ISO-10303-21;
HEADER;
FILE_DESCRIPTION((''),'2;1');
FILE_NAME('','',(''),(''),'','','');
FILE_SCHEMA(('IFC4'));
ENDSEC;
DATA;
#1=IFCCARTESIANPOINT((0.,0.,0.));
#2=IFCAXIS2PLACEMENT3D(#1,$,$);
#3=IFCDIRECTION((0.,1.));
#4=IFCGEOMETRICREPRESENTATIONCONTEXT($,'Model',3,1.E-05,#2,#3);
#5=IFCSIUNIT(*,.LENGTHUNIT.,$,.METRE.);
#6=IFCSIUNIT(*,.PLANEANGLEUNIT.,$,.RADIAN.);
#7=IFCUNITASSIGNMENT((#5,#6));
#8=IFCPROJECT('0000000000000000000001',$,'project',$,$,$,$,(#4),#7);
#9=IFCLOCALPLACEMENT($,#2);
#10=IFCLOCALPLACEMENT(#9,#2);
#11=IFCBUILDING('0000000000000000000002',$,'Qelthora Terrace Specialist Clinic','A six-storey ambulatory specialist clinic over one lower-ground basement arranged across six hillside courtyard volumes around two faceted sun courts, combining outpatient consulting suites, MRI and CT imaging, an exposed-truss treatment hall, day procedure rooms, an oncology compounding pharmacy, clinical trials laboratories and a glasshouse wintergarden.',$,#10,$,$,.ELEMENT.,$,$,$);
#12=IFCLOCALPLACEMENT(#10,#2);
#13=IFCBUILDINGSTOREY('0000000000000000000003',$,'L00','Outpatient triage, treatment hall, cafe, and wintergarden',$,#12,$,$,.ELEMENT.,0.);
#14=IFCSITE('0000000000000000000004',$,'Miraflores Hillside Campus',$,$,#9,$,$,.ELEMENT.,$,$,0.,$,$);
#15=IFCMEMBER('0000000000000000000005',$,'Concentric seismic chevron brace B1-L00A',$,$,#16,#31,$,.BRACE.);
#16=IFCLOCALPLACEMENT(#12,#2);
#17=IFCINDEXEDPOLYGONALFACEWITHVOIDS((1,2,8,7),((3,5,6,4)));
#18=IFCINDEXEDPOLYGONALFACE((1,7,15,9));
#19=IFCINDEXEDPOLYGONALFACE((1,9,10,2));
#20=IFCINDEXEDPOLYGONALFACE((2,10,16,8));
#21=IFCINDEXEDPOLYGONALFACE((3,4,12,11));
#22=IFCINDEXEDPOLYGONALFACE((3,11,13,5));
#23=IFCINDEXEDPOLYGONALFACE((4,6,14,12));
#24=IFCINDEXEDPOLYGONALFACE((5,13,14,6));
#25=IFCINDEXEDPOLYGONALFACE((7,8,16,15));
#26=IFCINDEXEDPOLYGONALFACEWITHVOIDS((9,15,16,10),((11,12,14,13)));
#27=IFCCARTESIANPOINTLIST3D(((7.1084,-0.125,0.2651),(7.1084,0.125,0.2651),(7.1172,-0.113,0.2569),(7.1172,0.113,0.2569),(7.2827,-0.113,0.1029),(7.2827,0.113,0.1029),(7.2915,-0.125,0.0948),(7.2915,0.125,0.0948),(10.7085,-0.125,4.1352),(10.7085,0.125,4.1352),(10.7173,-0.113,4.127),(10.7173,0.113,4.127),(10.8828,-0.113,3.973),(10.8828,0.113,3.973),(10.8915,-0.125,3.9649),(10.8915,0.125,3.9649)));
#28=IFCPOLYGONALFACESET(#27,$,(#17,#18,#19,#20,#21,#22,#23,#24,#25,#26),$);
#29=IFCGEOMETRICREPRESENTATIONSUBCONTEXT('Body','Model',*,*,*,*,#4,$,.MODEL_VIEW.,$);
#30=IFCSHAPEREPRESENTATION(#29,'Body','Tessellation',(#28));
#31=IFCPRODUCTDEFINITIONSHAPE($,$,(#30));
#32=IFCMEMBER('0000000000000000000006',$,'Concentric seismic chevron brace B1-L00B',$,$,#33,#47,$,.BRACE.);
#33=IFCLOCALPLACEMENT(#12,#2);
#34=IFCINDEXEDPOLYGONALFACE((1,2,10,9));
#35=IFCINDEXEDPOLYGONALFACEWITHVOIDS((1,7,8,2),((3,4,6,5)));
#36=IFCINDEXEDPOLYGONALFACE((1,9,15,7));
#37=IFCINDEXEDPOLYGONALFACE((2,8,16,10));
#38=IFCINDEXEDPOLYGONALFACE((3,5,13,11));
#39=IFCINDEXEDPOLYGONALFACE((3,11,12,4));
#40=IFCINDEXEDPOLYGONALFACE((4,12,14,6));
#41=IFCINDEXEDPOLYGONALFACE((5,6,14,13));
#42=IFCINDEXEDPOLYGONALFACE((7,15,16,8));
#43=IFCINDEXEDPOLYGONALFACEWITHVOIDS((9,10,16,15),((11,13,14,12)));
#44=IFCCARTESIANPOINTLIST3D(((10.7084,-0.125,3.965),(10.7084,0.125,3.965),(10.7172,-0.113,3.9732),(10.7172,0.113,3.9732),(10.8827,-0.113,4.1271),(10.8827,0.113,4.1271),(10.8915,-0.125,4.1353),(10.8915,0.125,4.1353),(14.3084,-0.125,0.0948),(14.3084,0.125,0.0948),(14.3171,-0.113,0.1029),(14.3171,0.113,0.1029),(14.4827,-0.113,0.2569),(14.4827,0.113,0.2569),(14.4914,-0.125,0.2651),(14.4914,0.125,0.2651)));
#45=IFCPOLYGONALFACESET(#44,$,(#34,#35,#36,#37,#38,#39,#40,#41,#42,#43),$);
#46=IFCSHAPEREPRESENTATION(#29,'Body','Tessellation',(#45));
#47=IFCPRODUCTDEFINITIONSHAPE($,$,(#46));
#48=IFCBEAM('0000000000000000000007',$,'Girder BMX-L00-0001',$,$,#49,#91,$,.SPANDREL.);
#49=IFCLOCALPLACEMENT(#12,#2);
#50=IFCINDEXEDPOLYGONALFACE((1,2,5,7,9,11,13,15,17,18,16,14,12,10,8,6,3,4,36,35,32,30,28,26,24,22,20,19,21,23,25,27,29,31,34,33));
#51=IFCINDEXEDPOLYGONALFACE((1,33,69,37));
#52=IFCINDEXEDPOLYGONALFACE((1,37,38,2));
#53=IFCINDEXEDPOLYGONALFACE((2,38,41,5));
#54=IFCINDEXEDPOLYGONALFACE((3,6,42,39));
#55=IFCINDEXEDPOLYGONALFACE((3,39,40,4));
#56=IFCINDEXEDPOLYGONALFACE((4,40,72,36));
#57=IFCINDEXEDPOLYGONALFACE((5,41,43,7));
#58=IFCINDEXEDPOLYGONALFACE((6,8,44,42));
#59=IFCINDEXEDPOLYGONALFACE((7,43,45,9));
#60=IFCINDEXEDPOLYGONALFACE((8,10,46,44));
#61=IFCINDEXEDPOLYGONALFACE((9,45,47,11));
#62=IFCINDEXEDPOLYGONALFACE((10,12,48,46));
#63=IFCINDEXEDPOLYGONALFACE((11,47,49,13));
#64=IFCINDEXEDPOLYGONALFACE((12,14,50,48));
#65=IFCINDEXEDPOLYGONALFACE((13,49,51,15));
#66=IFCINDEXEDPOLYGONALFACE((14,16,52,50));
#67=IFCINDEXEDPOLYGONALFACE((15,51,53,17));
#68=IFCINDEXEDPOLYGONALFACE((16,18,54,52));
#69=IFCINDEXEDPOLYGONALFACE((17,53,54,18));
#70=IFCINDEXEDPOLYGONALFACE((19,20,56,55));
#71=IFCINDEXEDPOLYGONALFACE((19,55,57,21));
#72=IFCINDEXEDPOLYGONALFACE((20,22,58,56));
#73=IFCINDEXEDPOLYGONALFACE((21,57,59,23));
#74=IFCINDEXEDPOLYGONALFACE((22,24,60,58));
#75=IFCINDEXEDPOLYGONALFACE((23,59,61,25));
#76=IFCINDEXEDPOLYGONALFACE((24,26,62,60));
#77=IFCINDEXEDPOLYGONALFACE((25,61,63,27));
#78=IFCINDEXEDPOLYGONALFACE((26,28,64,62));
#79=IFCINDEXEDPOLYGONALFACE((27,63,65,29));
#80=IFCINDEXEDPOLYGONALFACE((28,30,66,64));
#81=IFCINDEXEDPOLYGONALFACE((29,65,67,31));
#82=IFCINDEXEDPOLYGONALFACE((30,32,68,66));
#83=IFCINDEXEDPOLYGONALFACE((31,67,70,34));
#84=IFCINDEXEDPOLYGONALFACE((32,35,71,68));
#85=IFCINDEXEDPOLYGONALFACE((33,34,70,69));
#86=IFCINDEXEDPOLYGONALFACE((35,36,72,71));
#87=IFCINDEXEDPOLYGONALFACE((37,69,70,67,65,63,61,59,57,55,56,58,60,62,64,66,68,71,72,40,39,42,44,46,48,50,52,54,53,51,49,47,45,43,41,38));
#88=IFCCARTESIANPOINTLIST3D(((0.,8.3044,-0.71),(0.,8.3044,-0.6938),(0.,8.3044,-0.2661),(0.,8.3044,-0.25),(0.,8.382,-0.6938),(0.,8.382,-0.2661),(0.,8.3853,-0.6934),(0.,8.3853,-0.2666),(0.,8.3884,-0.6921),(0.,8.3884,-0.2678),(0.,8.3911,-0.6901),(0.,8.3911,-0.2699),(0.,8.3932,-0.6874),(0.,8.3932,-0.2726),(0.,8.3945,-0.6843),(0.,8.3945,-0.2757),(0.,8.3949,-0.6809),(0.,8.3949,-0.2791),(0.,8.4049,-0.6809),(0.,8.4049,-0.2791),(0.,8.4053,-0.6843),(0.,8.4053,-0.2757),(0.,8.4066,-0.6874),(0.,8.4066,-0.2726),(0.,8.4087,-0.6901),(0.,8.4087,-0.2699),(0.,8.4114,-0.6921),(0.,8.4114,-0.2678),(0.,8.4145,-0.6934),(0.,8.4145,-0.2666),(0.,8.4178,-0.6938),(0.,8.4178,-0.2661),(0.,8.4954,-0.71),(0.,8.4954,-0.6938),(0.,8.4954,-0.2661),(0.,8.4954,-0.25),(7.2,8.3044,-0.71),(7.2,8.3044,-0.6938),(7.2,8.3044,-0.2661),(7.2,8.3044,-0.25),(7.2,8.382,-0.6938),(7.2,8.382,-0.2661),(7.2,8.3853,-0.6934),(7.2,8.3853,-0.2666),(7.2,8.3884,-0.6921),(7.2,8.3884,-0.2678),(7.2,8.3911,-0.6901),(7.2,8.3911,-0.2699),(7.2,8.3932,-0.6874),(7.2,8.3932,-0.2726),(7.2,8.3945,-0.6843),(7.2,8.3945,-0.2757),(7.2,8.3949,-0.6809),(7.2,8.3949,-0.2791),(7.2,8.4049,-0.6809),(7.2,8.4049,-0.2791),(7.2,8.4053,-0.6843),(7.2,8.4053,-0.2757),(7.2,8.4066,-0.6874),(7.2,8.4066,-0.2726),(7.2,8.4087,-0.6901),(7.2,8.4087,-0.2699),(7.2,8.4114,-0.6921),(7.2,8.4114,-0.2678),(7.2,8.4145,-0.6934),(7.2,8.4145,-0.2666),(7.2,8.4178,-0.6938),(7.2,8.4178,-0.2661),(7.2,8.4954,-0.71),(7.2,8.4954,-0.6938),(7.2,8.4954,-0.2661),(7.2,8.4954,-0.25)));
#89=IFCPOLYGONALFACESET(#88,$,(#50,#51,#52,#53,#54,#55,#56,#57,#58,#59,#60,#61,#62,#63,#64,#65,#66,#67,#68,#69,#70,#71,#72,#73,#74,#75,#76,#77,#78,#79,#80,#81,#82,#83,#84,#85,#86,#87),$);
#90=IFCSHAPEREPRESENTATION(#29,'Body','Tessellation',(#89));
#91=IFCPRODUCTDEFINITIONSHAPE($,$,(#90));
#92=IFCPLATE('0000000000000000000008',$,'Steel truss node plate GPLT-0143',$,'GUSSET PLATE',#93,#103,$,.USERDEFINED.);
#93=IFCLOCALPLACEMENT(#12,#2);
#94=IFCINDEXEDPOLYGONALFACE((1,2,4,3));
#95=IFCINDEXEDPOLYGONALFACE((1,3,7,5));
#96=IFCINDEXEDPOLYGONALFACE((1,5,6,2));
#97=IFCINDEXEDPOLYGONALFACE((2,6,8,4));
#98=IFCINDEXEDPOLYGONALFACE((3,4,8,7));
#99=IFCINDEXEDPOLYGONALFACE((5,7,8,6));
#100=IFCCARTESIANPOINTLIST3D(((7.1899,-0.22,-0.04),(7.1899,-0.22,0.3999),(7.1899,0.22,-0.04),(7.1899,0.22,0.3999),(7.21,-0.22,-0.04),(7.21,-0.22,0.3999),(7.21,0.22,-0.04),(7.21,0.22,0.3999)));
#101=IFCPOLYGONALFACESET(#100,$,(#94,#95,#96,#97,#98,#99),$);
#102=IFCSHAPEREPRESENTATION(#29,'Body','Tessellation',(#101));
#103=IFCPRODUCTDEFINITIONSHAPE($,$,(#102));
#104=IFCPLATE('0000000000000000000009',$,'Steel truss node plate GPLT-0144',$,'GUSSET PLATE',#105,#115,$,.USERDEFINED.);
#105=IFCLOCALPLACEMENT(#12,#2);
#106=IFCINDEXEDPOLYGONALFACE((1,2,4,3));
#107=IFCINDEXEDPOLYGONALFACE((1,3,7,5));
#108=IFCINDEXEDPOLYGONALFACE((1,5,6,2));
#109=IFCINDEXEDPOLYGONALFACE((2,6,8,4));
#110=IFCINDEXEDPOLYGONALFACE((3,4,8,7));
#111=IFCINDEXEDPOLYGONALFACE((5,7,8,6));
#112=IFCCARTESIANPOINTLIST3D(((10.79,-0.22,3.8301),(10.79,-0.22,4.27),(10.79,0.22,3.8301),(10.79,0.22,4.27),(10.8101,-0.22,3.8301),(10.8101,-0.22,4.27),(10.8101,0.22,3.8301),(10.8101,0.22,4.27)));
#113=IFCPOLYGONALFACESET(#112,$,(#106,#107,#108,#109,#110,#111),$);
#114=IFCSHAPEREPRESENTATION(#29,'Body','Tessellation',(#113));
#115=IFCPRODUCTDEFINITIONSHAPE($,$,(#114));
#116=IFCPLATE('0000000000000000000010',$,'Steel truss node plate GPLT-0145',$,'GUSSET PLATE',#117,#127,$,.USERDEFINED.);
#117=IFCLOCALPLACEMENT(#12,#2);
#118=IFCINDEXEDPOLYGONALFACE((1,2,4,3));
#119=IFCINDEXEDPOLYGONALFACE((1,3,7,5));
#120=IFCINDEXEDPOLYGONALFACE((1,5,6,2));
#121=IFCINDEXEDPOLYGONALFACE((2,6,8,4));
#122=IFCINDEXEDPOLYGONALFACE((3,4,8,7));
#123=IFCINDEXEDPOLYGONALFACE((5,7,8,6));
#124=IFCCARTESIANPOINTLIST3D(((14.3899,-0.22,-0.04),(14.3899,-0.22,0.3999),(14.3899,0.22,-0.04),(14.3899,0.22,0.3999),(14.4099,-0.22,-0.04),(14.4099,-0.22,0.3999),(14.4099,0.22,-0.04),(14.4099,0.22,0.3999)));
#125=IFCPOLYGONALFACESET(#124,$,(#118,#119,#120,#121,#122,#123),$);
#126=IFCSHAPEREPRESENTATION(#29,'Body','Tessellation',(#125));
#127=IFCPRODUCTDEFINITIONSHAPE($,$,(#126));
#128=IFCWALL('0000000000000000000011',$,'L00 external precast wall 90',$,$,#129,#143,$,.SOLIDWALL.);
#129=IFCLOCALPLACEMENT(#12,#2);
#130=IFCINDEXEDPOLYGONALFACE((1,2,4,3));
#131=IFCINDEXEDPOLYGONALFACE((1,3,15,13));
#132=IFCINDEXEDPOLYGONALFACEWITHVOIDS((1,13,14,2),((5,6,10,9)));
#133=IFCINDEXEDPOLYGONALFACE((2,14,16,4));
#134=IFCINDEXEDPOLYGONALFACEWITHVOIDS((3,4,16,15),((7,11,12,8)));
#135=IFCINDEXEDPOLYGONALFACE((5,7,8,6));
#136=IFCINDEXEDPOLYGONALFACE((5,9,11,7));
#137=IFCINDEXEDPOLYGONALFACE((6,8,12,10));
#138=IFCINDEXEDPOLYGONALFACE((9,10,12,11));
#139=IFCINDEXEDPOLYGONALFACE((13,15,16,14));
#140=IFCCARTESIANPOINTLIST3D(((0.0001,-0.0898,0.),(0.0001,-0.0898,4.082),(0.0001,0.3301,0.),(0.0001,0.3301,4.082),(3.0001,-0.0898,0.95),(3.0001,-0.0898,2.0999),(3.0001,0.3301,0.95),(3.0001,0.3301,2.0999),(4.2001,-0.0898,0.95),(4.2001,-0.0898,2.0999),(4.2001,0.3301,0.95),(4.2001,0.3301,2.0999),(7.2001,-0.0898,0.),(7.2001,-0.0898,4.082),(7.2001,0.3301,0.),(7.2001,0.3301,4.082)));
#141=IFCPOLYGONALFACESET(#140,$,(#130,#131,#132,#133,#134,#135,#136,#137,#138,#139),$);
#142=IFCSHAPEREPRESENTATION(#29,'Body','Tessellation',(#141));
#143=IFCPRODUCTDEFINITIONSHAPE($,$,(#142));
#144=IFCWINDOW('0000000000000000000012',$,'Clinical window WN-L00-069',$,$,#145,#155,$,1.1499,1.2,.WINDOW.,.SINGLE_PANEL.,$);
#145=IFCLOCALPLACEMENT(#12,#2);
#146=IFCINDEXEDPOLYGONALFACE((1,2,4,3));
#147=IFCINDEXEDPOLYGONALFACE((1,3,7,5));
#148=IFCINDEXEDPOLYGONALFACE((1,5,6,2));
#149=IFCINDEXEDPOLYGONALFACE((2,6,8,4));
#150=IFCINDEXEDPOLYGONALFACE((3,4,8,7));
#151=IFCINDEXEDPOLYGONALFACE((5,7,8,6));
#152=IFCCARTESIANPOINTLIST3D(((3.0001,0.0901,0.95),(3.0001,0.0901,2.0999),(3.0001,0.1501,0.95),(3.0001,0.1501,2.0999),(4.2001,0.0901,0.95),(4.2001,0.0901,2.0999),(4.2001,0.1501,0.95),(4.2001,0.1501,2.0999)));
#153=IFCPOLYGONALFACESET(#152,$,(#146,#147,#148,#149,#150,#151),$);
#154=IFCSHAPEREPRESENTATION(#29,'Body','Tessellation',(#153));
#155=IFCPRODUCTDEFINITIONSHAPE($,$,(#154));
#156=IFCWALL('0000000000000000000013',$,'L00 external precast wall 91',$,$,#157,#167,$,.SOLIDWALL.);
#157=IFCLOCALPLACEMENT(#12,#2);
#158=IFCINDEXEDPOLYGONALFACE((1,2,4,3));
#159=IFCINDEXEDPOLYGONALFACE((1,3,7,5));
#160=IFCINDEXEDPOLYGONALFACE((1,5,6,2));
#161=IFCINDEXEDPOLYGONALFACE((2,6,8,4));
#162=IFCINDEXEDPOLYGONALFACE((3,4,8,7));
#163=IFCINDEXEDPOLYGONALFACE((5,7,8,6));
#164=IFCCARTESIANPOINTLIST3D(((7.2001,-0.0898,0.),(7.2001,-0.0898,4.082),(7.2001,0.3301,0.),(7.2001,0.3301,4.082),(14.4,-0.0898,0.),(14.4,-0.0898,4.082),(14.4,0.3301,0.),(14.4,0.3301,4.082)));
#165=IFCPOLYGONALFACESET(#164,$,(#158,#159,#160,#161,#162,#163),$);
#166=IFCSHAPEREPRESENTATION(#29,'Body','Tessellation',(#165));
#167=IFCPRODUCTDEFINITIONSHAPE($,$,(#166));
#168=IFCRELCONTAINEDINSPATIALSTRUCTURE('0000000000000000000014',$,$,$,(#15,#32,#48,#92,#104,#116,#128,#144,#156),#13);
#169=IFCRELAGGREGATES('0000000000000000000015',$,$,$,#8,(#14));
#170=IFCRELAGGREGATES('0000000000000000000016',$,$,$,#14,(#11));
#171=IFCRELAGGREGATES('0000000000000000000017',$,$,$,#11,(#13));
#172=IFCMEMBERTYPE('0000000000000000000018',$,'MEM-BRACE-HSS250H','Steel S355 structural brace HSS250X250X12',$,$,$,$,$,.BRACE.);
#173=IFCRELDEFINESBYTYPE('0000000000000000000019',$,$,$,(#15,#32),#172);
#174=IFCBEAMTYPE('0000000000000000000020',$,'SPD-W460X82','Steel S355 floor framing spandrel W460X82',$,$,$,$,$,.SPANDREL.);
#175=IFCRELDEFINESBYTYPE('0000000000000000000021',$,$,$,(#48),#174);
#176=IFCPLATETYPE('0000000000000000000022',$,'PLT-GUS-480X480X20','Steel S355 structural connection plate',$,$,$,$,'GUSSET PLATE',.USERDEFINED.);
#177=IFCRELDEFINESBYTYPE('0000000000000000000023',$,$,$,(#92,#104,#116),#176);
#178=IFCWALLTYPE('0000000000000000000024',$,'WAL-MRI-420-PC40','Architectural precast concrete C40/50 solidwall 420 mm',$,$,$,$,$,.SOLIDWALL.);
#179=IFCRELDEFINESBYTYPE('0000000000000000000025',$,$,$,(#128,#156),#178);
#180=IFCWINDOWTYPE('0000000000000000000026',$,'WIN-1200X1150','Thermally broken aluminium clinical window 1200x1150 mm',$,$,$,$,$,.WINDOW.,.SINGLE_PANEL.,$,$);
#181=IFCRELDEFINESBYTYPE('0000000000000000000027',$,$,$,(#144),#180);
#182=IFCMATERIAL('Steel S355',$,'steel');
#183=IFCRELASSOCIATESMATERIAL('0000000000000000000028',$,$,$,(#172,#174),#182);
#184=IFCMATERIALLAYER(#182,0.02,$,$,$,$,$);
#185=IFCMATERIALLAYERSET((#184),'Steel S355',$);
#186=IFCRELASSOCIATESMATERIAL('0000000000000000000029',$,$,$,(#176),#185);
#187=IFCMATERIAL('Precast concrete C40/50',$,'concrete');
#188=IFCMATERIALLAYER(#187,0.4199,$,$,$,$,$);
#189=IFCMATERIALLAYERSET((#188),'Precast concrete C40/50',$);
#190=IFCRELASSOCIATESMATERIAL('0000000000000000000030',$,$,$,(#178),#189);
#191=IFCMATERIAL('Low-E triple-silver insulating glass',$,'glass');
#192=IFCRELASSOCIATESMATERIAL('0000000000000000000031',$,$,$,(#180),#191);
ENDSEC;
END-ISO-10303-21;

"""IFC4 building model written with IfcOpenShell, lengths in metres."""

from ifc_helpers import new_model, si_unit, direction, frame, frame_2d, origin, origin_2d, place, context, subcontext, project, spatial, rectangle, hollow_rectangle, i_section, extrude, material, layer, layer_set, material_profile, profile_set, type_object, element, fill, save


model = new_model("IFC4")

# Units and contexts
model_context = context("Model", 3, precision=1e-05, world=origin(), true_north=direction((0.0, 1.0)))
body_context = subcontext(model_context, "Body", "Model", "MODEL_VIEW")
ifc_project = project(units=[si_unit("LENGTHUNIT", "METRE"), si_unit("PLANEANGLEUNIT", "RADIAN")], contexts=[model_context])

# Site, building, storey
site_placement = place(None, origin())
site = spatial("IfcSite", under=ifc_project, at=site_placement, Name="Miraflores Hillside Campus", CompositionType="ELEMENT", RefElevation=0.0)
building_placement = place(site_placement, origin())
building = spatial("IfcBuilding", under=site, at=building_placement, Name="Qelthora Terrace Specialist Clinic", Description="A six-storey ambulatory specialist clinic over one lower-ground basement arranged across six hillside courtyard volumes around two faceted sun courts, combining outpatient consulting suites, MRI and CT imaging, an exposed-truss treatment hall, day procedure rooms, an oncology compounding pharmacy, clinical trials laboratories and a glasshouse wintergarden.", CompositionType="ELEMENT")
storey_placement = place(building_placement, origin())
storey = spatial("IfcBuildingStorey", under=building, at=storey_placement, Name="L00", Description="Outpatient triage, treatment hall, cafe, and wintergarden", CompositionType="ELEMENT", Elevation=0.0)

# Shared definitions
ifc_material_1 = material(Name="Steel S355", Category="steel")

# Members
ifc_material_profile_1 = material_profile(ifc_material_1, hollow_rectangle(XDim=0.25, YDim=0.25, WallThickness=0.012, at=origin_2d()), Name="HSS250X250X12")
ifc_profile_set_1 = profile_set([ifc_material_profile_1], Name="Steel S355")
member_type = type_object("IfcMemberType", Name="MEM-BRACE-HSS250H", Description="Steel S355 structural brace HSS250X250X12", PredefinedType="BRACE", material=ifc_profile_set_1)
for number, where, z_axis, x_axis, name in (
    (1, (7.2, 0.0, 0.1799), (0.681103, 0.0, 0.732188), (0.0, 1.0, 0.0), "Concentric seismic chevron brace B1-L00A"),
    (2, (14.3999, 0.0, 0.1799), (-0.681078, 0.0, 0.732211), (0.0, -1.0, 0.0), "Concentric seismic chevron brace B1-L00B"),
):
    element("IfcMember", number, at=place(storey_placement, frame(where, z_axis=z_axis, x_axis=x_axis)), inside=storey, type_object=member_type, Name=name, PredefinedType="BRACE", context=body_context, shape_type="SweptSolid", body=[
        extrude(hollow_rectangle(XDim=0.25, YDim=0.25, WallThickness=0.012, at=origin_2d()), origin(), (0.0, 0.0, 1.0), 5.2856),
    ])

# Beam
ifc_material_profile_2 = material_profile(ifc_material_1, i_section(OverallWidth=0.1909, OverallDepth=0.46, WebThickness=0.01, FlangeThickness=0.0161, FilletRadius=0.0129, at=origin_2d()), Name="W460X82")
ifc_profile_set_2 = profile_set([ifc_material_profile_2], Name="Steel S355")
beam_type_1 = type_object("IfcBeamType", Name="SPD-W460X82", Description="Steel S355 floor framing spandrel W460X82", PredefinedType="SPANDREL", material=ifc_profile_set_2)
beam_1_placement = place(storey_placement, frame((0.0, 8.3999, -0.48), z_axis=(1.0, 0.0, 0.0), x_axis=(0.0, 1.0, 0.0)))
element("IfcBeam", 3, at=beam_1_placement, inside=storey, type_object=beam_type_1, Name="Girder BMX-L00-0001", PredefinedType="SPANDREL", context=body_context, shape_type="SweptSolid", body=[
    extrude(i_section(OverallWidth=0.1909, OverallDepth=0.46, WebThickness=0.01, FlangeThickness=0.0161, FilletRadius=0.0129, at=origin_2d()), origin(), (0.0, 0.0, 1.0), 7.2),
])

# Plates
ifc_layer_1 = layer(ifc_material_1, 0.02)
ifc_layer_set_1 = layer_set([ifc_layer_1], Name="Steel S355")
plate_type = type_object("IfcPlateType", Name="PLT-GUS-480X480X20", Description="Steel S355 structural connection plate", ElementType="GUSSET PLATE", PredefinedType="USERDEFINED", material=ifc_layer_set_1)
for number, where, z_axis, x_axis, name in (
    (4, (7.2, 0.0, -0.04), (0.0, 0.0, 1.0), (1.0, 0.0, 0.0), "Steel truss node plate GPLT-0143"),
    (5, (10.8, 0.0, 3.8301), (0.0, 0.0, 1.0), (1.0, 0.0, 0.0), "Steel truss node plate GPLT-0144"),
    (6, (14.3999, 0.0, -0.04), (0.0, 0.0, 1.0), (1.0, 0.0, 0.0), "Steel truss node plate GPLT-0145"),
):
    element("IfcPlate", number, at=place(storey_placement, frame(where, z_axis=z_axis, x_axis=x_axis)), inside=storey, type_object=plate_type, Name=name, ObjectType="GUSSET PLATE", PredefinedType="USERDEFINED", context=body_context, shape_type="SweptSolid", body=[
        extrude(rectangle(XDim=0.02, YDim=0.4399, at=origin_2d()), origin(), (0.0, 0.0, 1.0), 0.4399),
    ])

# Wall, opening, window
ifc_material_2 = material(Name="Precast concrete C40/50", Category="concrete")
ifc_layer_2 = layer(ifc_material_2, 0.4199)
ifc_layer_set_2 = layer_set([ifc_layer_2], Name="Precast concrete C40/50")
wall_type = type_object("IfcWallType", Name="WAL-MRI-420-PC40", Description="Architectural precast concrete C40/50 solidwall 420 mm", PredefinedType="SOLIDWALL", material=ifc_layer_set_2)
wall_1_placement = place(storey_placement, frame((0.0, 0.1201, 0.0), z_axis=(0.0, 0.0, 1.0), x_axis=(1.0, 0.0, 0.0)))
wall_1 = element("IfcWall", 7, at=wall_1_placement, inside=storey, type_object=wall_type, Name="L00 external precast wall 90", PredefinedType="SOLIDWALL", context=body_context, shape_type="SweptSolid", body=[
    extrude(rectangle(XDim=7.2, YDim=0.4199, at=frame_2d((3.6001, 0.0))), origin(), (0.0, 0.0, 1.0), 4.082),
])
opening_1_placement = place(wall_1_placement, frame((3.0, 0.0, 0.95)))
opening_1 = element("IfcOpeningElement", 8, at=opening_1_placement, cuts=wall_1, PredefinedType="OPENING", context=body_context, shape_type="SweptSolid", body=[
    extrude(rectangle(XDim=1.2, YDim=1.1499, at=frame_2d((0.6001, 0.575))), frame((0.0, 0.22, 0.0), z_axis=(0.0, -1.0, 0.0), x_axis=(1.0, 0.0, 0.0)), (0.0, 0.0, 1.0), 0.4399),
])
ifc_material_3 = material(Name="Low-E triple-silver insulating glass", Category="glass")
window_type_1 = type_object("IfcWindowType", Name="WIN-1200X1150", Description="Thermally broken aluminium clinical window 1200x1150 mm", PartitioningType="SINGLE_PANEL", PredefinedType="WINDOW", material=ifc_material_3)
window_1_placement = place(opening_1_placement, origin())
window_1 = element("IfcWindow", 9, at=window_1_placement, inside=storey, type_object=window_type_1, Name="Clinical window WN-L00-069", OverallHeight=1.1499, OverallWidth=1.2, PartitioningType="SINGLE_PANEL", PredefinedType="WINDOW", context=body_context, shape_type="SweptSolid", body=[
    extrude(rectangle(XDim=1.2, YDim=1.1499, at=frame_2d((0.6001, 0.575))), frame((0.0, 0.03, 0.0), z_axis=(0.0, -1.0, 0.0), x_axis=(1.0, 0.0, 0.0)), (0.0, 0.0, 1.0), 0.0601),
])
fill(opening_1, window_1)

# Wall
wall_2_placement = place(storey_placement, frame((7.2, 0.1201, 0.0), z_axis=(0.0, 0.0, 1.0), x_axis=(1.0, 0.0, 0.0)))
element("IfcWall", 10, at=wall_2_placement, inside=storey, type_object=wall_type, Name="L00 external precast wall 91", PredefinedType="SOLIDWALL", context=body_context, shape_type="SweptSolid", body=[
    extrude(rectangle(XDim=7.2, YDim=0.4199, at=frame_2d((3.6001, 0.0))), origin(), (0.0, 0.0, 1.0), 4.082),
])

save(model, "model.ifc")
